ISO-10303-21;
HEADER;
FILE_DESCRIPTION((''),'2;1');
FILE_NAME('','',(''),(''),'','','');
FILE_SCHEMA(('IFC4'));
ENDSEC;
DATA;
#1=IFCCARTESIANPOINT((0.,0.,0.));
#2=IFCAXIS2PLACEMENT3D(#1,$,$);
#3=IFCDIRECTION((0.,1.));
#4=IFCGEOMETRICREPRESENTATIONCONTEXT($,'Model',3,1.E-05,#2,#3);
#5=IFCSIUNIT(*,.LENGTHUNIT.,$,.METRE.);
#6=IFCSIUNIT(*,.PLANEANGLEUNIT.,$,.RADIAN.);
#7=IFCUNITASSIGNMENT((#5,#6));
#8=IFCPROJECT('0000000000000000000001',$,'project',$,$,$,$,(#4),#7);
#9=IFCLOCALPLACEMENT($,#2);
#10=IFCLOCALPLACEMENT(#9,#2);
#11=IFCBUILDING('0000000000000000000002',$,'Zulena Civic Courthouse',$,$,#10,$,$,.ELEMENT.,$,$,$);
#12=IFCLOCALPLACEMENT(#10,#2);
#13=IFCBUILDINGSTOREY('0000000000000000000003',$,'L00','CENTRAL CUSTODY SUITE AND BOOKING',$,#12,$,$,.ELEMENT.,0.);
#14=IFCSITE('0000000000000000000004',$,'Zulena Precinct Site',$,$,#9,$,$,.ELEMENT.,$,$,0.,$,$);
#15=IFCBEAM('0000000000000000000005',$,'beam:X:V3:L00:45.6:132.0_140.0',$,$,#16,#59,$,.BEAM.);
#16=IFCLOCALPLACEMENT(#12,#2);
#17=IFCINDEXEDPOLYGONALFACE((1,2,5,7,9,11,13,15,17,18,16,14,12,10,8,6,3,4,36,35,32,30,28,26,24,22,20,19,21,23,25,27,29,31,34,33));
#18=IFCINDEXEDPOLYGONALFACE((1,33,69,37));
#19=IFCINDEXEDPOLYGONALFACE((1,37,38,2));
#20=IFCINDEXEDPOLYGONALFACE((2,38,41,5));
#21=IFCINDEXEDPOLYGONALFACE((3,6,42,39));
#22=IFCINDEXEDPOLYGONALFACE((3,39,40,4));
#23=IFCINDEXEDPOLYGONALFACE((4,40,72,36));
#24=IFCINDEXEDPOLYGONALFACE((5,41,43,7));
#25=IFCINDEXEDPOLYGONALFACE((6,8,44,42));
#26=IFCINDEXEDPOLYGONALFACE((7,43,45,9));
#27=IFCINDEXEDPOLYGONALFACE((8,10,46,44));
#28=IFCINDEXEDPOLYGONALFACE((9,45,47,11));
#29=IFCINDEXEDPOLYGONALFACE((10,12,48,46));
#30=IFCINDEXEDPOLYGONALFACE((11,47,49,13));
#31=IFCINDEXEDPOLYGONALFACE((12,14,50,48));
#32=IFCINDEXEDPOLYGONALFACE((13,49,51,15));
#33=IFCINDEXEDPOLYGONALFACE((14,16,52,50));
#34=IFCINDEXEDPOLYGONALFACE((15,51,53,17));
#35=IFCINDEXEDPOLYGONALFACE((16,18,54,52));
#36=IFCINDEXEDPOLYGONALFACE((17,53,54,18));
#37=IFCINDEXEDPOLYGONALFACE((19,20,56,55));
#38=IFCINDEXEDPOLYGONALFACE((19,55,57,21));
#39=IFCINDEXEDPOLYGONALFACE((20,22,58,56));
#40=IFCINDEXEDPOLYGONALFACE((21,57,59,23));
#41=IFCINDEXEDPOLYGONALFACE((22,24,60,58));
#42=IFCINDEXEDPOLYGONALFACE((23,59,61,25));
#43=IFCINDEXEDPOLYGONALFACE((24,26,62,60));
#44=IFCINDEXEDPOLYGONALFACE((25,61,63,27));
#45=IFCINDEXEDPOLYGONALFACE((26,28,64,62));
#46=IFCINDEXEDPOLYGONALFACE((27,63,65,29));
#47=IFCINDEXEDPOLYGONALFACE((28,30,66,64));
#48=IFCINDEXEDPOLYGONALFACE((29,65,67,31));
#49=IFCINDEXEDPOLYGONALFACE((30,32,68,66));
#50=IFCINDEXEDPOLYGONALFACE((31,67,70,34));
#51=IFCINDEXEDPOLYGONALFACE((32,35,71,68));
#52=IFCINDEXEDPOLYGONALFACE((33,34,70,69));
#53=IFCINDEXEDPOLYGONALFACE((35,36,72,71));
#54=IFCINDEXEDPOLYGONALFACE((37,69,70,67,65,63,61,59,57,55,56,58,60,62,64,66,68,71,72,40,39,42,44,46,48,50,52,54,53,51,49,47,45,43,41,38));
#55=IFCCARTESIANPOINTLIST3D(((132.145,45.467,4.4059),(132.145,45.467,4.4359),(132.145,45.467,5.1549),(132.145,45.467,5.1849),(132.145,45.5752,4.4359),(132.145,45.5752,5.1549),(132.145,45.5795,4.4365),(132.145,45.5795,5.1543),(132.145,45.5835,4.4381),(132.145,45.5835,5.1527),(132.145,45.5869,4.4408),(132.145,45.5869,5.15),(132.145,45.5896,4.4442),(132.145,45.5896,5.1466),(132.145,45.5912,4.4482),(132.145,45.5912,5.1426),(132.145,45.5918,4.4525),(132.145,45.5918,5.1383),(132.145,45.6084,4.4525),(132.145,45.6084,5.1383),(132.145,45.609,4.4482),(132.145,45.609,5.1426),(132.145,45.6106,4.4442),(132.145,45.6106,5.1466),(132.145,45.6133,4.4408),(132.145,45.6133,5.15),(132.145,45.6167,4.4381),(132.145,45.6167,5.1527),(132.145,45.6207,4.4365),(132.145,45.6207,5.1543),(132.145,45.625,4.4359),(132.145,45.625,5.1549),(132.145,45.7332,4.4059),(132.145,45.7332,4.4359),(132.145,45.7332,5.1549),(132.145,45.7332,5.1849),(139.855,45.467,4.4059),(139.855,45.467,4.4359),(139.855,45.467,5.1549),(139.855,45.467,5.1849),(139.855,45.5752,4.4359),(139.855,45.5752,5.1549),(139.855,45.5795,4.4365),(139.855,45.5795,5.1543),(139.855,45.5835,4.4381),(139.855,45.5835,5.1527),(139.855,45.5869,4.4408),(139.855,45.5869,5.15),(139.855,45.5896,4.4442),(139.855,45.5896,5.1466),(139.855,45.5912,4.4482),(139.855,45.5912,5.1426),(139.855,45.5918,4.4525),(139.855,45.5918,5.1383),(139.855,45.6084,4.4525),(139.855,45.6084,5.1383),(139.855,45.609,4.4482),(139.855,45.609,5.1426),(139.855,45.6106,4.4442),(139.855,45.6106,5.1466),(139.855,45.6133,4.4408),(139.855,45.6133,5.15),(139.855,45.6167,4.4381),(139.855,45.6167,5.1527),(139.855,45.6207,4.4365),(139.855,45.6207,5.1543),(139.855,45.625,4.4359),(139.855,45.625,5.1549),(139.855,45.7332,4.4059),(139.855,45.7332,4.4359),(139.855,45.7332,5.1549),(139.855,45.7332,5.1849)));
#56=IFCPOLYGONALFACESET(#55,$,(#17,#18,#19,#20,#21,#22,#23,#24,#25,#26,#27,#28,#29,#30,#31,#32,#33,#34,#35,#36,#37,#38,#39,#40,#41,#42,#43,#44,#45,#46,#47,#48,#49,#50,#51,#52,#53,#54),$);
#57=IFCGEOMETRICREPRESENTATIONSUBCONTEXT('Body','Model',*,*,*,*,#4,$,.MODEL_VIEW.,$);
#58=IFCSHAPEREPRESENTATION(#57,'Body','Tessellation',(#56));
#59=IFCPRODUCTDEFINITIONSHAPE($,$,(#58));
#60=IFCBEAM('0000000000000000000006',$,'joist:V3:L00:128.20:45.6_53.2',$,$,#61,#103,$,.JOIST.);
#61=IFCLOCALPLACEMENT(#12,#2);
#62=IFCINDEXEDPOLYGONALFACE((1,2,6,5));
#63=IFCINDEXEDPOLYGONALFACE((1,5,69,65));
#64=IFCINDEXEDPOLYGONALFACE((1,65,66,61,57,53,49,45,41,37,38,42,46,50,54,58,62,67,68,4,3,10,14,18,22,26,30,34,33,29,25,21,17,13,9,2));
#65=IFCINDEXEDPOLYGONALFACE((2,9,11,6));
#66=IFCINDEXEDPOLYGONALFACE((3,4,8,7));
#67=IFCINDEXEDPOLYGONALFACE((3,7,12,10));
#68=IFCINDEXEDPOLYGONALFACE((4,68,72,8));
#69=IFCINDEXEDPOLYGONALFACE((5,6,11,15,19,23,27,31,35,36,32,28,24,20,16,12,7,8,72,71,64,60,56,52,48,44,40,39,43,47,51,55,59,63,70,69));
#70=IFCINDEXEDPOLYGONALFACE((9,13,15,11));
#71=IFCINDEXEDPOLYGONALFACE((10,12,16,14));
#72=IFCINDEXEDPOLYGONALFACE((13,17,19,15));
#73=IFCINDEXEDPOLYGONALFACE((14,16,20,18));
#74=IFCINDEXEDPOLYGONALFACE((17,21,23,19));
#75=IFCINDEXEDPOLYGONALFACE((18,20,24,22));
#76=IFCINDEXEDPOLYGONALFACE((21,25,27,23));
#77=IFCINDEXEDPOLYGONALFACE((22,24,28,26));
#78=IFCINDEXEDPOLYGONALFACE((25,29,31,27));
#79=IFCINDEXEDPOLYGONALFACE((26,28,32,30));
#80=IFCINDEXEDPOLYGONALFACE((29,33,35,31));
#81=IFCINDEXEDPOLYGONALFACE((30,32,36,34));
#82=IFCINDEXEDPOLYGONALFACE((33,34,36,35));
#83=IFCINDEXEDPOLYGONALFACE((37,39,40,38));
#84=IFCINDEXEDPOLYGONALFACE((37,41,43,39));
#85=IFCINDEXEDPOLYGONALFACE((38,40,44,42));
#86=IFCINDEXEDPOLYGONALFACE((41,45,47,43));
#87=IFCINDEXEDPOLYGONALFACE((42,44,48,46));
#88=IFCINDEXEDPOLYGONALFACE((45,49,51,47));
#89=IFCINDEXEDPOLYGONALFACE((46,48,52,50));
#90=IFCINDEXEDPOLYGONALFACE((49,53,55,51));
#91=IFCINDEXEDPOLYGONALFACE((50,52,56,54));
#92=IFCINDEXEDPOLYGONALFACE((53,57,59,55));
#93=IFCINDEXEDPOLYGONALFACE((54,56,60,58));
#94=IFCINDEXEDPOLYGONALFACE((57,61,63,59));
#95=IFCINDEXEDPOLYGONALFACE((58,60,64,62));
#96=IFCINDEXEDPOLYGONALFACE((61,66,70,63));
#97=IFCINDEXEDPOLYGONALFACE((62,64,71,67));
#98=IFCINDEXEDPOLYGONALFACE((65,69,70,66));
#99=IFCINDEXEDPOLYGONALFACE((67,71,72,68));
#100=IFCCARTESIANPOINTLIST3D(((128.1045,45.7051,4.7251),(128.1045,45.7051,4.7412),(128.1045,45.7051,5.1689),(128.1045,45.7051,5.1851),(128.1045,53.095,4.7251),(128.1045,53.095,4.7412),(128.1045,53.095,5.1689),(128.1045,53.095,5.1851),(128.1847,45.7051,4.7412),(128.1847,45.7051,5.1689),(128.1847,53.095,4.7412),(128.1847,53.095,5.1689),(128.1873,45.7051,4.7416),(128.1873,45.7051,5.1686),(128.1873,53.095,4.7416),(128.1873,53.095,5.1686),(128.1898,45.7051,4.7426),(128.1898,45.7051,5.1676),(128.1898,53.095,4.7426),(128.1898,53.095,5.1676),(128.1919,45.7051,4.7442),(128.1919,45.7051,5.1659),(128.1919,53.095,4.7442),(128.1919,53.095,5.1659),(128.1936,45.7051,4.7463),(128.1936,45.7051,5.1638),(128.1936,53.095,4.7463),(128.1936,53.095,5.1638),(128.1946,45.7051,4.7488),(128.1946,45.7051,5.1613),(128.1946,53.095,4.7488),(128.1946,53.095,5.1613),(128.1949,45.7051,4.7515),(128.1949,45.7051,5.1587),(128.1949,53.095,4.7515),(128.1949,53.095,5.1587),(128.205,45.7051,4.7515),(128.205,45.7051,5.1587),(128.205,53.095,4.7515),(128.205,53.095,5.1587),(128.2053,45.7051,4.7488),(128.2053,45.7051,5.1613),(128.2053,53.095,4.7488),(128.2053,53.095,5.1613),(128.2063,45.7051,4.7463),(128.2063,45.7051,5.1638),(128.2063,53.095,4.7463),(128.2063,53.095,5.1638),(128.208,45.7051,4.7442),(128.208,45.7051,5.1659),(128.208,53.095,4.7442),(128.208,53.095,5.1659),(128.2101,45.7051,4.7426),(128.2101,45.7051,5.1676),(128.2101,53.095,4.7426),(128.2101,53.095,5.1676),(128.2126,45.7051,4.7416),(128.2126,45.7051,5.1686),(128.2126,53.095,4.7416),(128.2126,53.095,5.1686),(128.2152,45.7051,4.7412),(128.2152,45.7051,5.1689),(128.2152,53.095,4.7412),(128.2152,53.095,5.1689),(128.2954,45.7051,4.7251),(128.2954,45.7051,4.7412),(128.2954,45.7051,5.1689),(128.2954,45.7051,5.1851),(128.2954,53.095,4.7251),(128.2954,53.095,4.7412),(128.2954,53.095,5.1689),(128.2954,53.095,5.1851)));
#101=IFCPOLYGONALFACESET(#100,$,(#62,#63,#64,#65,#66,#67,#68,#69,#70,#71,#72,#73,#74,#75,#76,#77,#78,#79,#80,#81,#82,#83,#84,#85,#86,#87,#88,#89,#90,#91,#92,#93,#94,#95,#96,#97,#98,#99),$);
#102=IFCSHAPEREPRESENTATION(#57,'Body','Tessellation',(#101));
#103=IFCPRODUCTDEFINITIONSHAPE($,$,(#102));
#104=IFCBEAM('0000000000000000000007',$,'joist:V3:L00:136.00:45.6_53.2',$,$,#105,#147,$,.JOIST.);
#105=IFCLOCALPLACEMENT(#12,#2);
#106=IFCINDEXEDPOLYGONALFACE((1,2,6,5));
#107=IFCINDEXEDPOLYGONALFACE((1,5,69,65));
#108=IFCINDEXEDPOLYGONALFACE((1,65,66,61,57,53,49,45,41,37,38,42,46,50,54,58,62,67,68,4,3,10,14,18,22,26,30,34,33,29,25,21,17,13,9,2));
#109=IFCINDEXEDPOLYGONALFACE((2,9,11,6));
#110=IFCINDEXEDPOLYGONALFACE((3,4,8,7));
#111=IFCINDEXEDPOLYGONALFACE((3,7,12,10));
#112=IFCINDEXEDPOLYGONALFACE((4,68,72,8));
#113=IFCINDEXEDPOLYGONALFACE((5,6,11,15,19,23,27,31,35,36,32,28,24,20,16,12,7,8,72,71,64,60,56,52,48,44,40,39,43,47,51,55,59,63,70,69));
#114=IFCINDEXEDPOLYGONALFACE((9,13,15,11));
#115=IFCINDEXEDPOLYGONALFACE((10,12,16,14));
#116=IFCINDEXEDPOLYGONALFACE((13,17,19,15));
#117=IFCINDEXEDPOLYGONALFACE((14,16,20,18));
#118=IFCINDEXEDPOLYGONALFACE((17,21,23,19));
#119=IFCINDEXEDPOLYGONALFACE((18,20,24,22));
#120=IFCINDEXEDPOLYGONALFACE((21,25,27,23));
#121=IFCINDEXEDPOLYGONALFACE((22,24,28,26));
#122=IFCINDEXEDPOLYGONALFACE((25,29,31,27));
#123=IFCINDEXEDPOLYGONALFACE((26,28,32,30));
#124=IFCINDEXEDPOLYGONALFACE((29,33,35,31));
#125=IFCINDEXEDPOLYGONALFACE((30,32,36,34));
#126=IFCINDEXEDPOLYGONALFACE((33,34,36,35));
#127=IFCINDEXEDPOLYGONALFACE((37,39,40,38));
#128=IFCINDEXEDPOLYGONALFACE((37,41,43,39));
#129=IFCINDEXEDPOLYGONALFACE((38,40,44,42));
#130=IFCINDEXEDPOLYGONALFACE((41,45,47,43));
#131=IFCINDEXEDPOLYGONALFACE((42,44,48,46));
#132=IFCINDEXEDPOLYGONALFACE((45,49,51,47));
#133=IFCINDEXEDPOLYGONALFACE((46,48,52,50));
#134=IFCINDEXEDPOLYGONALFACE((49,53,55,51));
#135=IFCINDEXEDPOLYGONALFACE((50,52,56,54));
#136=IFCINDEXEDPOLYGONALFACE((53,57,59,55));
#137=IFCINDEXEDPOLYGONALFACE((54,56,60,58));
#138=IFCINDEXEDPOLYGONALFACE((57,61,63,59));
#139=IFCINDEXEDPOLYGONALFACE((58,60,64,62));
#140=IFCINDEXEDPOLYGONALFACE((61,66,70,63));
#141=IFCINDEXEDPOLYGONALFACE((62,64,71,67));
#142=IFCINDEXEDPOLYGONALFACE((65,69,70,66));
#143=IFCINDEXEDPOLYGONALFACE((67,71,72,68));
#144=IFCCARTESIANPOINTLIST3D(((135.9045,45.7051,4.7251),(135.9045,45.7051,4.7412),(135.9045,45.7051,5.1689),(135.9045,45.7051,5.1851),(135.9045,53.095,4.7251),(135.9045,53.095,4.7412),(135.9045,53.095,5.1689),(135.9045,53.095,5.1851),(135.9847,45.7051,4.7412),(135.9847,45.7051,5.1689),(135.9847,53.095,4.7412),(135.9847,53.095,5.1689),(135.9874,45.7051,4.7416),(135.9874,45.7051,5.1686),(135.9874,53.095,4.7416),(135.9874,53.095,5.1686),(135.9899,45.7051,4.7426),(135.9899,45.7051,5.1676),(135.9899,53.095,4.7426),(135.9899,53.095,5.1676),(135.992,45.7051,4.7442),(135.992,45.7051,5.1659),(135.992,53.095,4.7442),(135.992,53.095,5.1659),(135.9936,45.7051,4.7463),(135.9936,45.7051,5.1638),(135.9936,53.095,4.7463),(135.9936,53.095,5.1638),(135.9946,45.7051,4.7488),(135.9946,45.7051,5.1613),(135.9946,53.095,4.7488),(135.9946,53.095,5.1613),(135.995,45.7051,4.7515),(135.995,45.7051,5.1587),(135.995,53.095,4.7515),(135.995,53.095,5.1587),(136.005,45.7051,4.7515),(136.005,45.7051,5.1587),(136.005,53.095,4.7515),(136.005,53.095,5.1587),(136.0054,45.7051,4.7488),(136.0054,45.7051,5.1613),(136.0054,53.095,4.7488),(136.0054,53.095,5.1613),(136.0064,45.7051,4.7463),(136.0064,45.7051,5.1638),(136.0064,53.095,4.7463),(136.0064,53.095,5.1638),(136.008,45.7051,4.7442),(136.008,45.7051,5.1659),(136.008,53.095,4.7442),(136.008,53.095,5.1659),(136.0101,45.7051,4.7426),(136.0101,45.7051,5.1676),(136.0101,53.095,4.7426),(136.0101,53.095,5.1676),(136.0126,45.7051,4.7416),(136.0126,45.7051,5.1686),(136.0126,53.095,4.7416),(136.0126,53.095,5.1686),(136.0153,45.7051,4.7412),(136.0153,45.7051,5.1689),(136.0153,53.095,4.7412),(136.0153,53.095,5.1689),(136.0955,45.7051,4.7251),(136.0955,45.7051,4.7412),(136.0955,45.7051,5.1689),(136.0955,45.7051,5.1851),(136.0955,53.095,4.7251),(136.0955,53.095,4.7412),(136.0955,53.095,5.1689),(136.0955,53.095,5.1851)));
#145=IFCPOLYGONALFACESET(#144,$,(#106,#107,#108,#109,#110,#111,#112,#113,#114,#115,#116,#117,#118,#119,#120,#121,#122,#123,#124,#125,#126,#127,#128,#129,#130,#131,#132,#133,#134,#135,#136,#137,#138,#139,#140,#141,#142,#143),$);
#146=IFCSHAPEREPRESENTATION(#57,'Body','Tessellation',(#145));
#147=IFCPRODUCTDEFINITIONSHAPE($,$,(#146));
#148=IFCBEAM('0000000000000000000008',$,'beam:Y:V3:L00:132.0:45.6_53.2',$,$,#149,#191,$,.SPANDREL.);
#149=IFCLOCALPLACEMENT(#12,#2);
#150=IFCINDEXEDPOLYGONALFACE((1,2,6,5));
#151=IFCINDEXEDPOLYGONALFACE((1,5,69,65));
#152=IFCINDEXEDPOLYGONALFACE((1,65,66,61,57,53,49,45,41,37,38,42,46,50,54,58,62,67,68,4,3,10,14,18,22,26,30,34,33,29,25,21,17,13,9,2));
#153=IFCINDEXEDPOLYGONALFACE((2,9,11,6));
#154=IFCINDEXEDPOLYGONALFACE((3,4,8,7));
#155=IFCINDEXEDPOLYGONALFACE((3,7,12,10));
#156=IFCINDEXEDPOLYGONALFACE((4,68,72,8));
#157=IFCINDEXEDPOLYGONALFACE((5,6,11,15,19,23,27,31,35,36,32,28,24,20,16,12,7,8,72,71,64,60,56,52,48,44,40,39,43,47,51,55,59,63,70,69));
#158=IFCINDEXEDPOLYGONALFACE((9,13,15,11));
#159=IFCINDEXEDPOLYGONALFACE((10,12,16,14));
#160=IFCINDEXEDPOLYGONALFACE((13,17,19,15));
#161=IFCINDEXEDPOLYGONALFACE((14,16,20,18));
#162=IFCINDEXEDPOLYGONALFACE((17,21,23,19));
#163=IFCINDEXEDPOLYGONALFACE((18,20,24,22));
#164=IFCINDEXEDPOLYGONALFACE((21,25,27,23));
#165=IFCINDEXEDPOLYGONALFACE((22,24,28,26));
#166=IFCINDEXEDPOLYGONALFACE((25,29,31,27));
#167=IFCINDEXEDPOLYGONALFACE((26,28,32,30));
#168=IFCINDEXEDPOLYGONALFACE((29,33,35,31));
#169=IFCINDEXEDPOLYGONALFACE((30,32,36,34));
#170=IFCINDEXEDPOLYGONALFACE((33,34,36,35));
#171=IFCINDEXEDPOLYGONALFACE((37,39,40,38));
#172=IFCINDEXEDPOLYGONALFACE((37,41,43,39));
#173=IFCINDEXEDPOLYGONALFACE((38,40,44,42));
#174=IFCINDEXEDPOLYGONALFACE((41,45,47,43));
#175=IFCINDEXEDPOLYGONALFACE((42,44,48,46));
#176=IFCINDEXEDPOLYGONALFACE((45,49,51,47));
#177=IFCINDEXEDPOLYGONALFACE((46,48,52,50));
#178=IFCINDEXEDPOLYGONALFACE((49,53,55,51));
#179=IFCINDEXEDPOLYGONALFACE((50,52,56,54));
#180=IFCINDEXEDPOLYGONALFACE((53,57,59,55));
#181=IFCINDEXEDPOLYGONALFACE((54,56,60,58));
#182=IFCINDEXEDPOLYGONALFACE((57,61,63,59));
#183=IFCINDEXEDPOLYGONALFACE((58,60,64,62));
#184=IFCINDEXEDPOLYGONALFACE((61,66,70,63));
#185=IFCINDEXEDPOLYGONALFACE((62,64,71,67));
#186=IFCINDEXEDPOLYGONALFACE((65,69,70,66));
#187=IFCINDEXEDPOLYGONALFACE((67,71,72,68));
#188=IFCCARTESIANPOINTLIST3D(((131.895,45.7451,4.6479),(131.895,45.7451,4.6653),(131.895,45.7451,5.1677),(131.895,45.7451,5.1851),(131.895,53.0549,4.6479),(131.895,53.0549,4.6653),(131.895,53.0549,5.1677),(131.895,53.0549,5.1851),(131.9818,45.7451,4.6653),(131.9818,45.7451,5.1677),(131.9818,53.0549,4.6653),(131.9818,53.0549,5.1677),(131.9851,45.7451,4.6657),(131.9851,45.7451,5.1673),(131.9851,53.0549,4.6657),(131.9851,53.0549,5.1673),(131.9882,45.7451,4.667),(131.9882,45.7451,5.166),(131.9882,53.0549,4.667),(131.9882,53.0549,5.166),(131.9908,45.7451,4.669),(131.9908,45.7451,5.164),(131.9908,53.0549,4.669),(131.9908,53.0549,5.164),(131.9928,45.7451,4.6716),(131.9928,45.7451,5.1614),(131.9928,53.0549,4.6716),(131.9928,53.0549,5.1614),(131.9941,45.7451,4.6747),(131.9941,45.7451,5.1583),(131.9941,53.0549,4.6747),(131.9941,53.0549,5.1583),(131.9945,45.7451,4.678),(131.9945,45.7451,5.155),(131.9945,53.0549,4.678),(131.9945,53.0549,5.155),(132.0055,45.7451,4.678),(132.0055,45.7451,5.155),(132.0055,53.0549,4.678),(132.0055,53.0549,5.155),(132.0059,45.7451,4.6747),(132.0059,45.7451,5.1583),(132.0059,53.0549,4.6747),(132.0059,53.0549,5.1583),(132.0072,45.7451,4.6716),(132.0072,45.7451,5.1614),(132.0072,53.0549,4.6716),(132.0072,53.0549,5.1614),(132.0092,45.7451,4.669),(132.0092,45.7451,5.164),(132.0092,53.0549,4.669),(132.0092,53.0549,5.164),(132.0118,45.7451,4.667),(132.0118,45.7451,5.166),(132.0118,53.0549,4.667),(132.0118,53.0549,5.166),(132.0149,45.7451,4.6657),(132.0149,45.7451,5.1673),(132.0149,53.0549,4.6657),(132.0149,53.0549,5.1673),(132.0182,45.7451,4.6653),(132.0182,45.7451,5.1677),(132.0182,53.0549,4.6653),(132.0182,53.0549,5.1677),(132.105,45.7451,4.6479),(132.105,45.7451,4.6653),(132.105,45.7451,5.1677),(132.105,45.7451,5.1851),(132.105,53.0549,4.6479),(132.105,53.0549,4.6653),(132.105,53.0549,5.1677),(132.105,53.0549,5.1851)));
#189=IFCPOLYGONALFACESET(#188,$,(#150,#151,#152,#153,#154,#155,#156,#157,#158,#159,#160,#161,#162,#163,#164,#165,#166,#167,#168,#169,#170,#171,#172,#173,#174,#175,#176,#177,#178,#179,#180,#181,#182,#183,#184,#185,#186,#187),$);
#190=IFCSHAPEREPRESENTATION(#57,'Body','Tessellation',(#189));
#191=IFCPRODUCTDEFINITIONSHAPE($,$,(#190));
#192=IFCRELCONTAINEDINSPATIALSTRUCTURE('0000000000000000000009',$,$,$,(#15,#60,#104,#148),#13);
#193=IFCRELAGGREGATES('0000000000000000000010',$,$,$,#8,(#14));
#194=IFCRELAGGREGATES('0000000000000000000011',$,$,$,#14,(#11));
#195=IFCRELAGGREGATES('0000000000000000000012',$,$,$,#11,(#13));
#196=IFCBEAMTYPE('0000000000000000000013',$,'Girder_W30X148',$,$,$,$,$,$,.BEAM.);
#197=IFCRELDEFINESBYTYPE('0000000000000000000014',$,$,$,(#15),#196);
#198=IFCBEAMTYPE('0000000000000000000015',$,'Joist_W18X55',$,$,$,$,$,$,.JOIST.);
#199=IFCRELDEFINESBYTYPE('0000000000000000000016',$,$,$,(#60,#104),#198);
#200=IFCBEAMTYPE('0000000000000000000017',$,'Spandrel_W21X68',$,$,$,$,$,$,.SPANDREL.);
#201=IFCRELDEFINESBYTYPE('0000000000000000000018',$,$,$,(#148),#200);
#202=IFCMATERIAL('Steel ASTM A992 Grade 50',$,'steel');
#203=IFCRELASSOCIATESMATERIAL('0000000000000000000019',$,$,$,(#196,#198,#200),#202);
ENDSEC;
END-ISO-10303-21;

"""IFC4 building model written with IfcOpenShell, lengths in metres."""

from ifc_helpers import new_model, si_unit, direction, frame, origin, origin_2d, place, context, subcontext, project, spatial, i_section, extrude, material, material_profile, profile_set, type_object, element, save


model = new_model("IFC4")

# Units and contexts
model_context = context("Model", 3, precision=1e-05, world=origin(), true_north=direction((0.0, 1.0)))
body_context = subcontext(model_context, "Body", "Model", "MODEL_VIEW")
ifc_project = project(units=[si_unit("LENGTHUNIT", "METRE"), si_unit("PLANEANGLEUNIT", "RADIAN")], contexts=[model_context])

# Site, building, storey
site_placement = place(None, origin())
site = spatial("IfcSite", under=ifc_project, at=site_placement, Name="Zulena Precinct Site", CompositionType="ELEMENT", RefElevation=0.0)
building_placement = place(site_placement, origin())
building = spatial("IfcBuilding", under=site, at=building_placement, Name="Zulena Civic Courthouse", CompositionType="ELEMENT")
storey_placement = place(building_placement, origin())
storey = spatial("IfcBuildingStorey", under=building, at=storey_placement, Name="L00", Description="CENTRAL CUSTODY SUITE AND BOOKING", CompositionType="ELEMENT", Elevation=0.0)

# Shared definitions
ifc_material_1 = material(Name="Steel ASTM A992 Grade 50", Category="steel")

# Beams
ifc_material_profile_1 = material_profile(ifc_material_1, i_section(OverallWidth=0.2661, OverallDepth=0.7791, WebThickness=0.0166, FlangeThickness=0.03, FilletRadius=0.0166, at=origin_2d()), Name="W30X148")
ifc_profile_set_1 = profile_set([ifc_material_profile_1], Name="Steel ASTM A992 Grade 50")
beam_type_1 = type_object("IfcBeamType", Name="Girder_W30X148", PredefinedType="BEAM", material=ifc_profile_set_1)
beam_1_placement = place(storey_placement, frame((132.145, 45.6001, 4.7954), z_axis=(1.0, 0.0, 0.0), x_axis=(0.0, 1.0, 0.0)))
element("IfcBeam", 1, at=beam_1_placement, inside=storey, type_object=beam_type_1, Name="beam:X:V3:L00:45.6:132.0_140.0", PredefinedType="BEAM", context=body_context, shape_type="SweptSolid", body=[
    extrude(i_section(OverallWidth=0.2661, OverallDepth=0.7791, WebThickness=0.0166, FlangeThickness=0.03, FilletRadius=0.0166, at=origin_2d()), origin(), (0.0, 0.0, 1.0), 7.71),
])
ifc_material_profile_2 = material_profile(ifc_material_1, i_section(OverallWidth=0.1909, OverallDepth=0.46, WebThickness=0.01, FlangeThickness=0.0161, FilletRadius=0.0103, at=origin_2d()), Name="W18X55")
ifc_profile_set_2 = profile_set([ifc_material_profile_2], Name="Steel ASTM A992 Grade 50")
beam_type_2 = type_object("IfcBeamType", Name="Joist_W18X55", PredefinedType="JOIST", material=ifc_profile_set_2)
for number, where, z_axis, x_axis, name in (
    (2, (128.2, 45.7051, 4.9551), (0.0, 1.0, 0.0), (-1.0, 0.0, 0.0), "joist:V3:L00:128.20:45.6_53.2"),
    (3, (136.0, 45.7051, 4.9551), (0.0, 1.0, 0.0), (-1.0, 0.0, 0.0), "joist:V3:L00:136.00:45.6_53.2"),
):
    element("IfcBeam", number, at=place(storey_placement, frame(where, z_axis=z_axis, x_axis=x_axis)), inside=storey, type_object=beam_type_2, Name=name, PredefinedType="JOIST", context=body_context, shape_type="SweptSolid", body=[
        extrude(i_section(OverallWidth=0.1909, OverallDepth=0.46, WebThickness=0.01, FlangeThickness=0.0161, FilletRadius=0.0103, at=origin_2d()), origin(), (0.0, 0.0, 1.0), 7.3899),
    ])
ifc_material_profile_3 = material_profile(ifc_material_1, i_section(OverallWidth=0.21, OverallDepth=0.5371, WebThickness=0.011, FlangeThickness=0.0173, FilletRadius=0.0127, at=origin_2d()), Name="W21X68")
ifc_profile_set_3 = profile_set([ifc_material_profile_3], Name="Steel ASTM A992 Grade 50")
beam_type_3 = type_object("IfcBeamType", Name="Spandrel_W21X68", PredefinedType="SPANDREL", material=ifc_profile_set_3)
for number, where, z_axis, x_axis, name in (
    (4, (132.0, 45.7451, 4.9165), (0.0, 1.0, 0.0), (-1.0, 0.0, 0.0), "beam:Y:V3:L00:132.0:45.6_53.2"),
):
    element("IfcBeam", number, at=place(storey_placement, frame(where, z_axis=z_axis, x_axis=x_axis)), inside=storey, type_object=beam_type_3, Name=name, PredefinedType="SPANDREL", context=body_context, shape_type="SweptSolid", body=[
        extrude(i_section(OverallWidth=0.21, OverallDepth=0.5371, WebThickness=0.011, FlangeThickness=0.0173, FilletRadius=0.0127, at=origin_2d()), origin(), (0.0, 0.0, 1.0), 7.3098),
    ])

save(model, "model.ifc")
